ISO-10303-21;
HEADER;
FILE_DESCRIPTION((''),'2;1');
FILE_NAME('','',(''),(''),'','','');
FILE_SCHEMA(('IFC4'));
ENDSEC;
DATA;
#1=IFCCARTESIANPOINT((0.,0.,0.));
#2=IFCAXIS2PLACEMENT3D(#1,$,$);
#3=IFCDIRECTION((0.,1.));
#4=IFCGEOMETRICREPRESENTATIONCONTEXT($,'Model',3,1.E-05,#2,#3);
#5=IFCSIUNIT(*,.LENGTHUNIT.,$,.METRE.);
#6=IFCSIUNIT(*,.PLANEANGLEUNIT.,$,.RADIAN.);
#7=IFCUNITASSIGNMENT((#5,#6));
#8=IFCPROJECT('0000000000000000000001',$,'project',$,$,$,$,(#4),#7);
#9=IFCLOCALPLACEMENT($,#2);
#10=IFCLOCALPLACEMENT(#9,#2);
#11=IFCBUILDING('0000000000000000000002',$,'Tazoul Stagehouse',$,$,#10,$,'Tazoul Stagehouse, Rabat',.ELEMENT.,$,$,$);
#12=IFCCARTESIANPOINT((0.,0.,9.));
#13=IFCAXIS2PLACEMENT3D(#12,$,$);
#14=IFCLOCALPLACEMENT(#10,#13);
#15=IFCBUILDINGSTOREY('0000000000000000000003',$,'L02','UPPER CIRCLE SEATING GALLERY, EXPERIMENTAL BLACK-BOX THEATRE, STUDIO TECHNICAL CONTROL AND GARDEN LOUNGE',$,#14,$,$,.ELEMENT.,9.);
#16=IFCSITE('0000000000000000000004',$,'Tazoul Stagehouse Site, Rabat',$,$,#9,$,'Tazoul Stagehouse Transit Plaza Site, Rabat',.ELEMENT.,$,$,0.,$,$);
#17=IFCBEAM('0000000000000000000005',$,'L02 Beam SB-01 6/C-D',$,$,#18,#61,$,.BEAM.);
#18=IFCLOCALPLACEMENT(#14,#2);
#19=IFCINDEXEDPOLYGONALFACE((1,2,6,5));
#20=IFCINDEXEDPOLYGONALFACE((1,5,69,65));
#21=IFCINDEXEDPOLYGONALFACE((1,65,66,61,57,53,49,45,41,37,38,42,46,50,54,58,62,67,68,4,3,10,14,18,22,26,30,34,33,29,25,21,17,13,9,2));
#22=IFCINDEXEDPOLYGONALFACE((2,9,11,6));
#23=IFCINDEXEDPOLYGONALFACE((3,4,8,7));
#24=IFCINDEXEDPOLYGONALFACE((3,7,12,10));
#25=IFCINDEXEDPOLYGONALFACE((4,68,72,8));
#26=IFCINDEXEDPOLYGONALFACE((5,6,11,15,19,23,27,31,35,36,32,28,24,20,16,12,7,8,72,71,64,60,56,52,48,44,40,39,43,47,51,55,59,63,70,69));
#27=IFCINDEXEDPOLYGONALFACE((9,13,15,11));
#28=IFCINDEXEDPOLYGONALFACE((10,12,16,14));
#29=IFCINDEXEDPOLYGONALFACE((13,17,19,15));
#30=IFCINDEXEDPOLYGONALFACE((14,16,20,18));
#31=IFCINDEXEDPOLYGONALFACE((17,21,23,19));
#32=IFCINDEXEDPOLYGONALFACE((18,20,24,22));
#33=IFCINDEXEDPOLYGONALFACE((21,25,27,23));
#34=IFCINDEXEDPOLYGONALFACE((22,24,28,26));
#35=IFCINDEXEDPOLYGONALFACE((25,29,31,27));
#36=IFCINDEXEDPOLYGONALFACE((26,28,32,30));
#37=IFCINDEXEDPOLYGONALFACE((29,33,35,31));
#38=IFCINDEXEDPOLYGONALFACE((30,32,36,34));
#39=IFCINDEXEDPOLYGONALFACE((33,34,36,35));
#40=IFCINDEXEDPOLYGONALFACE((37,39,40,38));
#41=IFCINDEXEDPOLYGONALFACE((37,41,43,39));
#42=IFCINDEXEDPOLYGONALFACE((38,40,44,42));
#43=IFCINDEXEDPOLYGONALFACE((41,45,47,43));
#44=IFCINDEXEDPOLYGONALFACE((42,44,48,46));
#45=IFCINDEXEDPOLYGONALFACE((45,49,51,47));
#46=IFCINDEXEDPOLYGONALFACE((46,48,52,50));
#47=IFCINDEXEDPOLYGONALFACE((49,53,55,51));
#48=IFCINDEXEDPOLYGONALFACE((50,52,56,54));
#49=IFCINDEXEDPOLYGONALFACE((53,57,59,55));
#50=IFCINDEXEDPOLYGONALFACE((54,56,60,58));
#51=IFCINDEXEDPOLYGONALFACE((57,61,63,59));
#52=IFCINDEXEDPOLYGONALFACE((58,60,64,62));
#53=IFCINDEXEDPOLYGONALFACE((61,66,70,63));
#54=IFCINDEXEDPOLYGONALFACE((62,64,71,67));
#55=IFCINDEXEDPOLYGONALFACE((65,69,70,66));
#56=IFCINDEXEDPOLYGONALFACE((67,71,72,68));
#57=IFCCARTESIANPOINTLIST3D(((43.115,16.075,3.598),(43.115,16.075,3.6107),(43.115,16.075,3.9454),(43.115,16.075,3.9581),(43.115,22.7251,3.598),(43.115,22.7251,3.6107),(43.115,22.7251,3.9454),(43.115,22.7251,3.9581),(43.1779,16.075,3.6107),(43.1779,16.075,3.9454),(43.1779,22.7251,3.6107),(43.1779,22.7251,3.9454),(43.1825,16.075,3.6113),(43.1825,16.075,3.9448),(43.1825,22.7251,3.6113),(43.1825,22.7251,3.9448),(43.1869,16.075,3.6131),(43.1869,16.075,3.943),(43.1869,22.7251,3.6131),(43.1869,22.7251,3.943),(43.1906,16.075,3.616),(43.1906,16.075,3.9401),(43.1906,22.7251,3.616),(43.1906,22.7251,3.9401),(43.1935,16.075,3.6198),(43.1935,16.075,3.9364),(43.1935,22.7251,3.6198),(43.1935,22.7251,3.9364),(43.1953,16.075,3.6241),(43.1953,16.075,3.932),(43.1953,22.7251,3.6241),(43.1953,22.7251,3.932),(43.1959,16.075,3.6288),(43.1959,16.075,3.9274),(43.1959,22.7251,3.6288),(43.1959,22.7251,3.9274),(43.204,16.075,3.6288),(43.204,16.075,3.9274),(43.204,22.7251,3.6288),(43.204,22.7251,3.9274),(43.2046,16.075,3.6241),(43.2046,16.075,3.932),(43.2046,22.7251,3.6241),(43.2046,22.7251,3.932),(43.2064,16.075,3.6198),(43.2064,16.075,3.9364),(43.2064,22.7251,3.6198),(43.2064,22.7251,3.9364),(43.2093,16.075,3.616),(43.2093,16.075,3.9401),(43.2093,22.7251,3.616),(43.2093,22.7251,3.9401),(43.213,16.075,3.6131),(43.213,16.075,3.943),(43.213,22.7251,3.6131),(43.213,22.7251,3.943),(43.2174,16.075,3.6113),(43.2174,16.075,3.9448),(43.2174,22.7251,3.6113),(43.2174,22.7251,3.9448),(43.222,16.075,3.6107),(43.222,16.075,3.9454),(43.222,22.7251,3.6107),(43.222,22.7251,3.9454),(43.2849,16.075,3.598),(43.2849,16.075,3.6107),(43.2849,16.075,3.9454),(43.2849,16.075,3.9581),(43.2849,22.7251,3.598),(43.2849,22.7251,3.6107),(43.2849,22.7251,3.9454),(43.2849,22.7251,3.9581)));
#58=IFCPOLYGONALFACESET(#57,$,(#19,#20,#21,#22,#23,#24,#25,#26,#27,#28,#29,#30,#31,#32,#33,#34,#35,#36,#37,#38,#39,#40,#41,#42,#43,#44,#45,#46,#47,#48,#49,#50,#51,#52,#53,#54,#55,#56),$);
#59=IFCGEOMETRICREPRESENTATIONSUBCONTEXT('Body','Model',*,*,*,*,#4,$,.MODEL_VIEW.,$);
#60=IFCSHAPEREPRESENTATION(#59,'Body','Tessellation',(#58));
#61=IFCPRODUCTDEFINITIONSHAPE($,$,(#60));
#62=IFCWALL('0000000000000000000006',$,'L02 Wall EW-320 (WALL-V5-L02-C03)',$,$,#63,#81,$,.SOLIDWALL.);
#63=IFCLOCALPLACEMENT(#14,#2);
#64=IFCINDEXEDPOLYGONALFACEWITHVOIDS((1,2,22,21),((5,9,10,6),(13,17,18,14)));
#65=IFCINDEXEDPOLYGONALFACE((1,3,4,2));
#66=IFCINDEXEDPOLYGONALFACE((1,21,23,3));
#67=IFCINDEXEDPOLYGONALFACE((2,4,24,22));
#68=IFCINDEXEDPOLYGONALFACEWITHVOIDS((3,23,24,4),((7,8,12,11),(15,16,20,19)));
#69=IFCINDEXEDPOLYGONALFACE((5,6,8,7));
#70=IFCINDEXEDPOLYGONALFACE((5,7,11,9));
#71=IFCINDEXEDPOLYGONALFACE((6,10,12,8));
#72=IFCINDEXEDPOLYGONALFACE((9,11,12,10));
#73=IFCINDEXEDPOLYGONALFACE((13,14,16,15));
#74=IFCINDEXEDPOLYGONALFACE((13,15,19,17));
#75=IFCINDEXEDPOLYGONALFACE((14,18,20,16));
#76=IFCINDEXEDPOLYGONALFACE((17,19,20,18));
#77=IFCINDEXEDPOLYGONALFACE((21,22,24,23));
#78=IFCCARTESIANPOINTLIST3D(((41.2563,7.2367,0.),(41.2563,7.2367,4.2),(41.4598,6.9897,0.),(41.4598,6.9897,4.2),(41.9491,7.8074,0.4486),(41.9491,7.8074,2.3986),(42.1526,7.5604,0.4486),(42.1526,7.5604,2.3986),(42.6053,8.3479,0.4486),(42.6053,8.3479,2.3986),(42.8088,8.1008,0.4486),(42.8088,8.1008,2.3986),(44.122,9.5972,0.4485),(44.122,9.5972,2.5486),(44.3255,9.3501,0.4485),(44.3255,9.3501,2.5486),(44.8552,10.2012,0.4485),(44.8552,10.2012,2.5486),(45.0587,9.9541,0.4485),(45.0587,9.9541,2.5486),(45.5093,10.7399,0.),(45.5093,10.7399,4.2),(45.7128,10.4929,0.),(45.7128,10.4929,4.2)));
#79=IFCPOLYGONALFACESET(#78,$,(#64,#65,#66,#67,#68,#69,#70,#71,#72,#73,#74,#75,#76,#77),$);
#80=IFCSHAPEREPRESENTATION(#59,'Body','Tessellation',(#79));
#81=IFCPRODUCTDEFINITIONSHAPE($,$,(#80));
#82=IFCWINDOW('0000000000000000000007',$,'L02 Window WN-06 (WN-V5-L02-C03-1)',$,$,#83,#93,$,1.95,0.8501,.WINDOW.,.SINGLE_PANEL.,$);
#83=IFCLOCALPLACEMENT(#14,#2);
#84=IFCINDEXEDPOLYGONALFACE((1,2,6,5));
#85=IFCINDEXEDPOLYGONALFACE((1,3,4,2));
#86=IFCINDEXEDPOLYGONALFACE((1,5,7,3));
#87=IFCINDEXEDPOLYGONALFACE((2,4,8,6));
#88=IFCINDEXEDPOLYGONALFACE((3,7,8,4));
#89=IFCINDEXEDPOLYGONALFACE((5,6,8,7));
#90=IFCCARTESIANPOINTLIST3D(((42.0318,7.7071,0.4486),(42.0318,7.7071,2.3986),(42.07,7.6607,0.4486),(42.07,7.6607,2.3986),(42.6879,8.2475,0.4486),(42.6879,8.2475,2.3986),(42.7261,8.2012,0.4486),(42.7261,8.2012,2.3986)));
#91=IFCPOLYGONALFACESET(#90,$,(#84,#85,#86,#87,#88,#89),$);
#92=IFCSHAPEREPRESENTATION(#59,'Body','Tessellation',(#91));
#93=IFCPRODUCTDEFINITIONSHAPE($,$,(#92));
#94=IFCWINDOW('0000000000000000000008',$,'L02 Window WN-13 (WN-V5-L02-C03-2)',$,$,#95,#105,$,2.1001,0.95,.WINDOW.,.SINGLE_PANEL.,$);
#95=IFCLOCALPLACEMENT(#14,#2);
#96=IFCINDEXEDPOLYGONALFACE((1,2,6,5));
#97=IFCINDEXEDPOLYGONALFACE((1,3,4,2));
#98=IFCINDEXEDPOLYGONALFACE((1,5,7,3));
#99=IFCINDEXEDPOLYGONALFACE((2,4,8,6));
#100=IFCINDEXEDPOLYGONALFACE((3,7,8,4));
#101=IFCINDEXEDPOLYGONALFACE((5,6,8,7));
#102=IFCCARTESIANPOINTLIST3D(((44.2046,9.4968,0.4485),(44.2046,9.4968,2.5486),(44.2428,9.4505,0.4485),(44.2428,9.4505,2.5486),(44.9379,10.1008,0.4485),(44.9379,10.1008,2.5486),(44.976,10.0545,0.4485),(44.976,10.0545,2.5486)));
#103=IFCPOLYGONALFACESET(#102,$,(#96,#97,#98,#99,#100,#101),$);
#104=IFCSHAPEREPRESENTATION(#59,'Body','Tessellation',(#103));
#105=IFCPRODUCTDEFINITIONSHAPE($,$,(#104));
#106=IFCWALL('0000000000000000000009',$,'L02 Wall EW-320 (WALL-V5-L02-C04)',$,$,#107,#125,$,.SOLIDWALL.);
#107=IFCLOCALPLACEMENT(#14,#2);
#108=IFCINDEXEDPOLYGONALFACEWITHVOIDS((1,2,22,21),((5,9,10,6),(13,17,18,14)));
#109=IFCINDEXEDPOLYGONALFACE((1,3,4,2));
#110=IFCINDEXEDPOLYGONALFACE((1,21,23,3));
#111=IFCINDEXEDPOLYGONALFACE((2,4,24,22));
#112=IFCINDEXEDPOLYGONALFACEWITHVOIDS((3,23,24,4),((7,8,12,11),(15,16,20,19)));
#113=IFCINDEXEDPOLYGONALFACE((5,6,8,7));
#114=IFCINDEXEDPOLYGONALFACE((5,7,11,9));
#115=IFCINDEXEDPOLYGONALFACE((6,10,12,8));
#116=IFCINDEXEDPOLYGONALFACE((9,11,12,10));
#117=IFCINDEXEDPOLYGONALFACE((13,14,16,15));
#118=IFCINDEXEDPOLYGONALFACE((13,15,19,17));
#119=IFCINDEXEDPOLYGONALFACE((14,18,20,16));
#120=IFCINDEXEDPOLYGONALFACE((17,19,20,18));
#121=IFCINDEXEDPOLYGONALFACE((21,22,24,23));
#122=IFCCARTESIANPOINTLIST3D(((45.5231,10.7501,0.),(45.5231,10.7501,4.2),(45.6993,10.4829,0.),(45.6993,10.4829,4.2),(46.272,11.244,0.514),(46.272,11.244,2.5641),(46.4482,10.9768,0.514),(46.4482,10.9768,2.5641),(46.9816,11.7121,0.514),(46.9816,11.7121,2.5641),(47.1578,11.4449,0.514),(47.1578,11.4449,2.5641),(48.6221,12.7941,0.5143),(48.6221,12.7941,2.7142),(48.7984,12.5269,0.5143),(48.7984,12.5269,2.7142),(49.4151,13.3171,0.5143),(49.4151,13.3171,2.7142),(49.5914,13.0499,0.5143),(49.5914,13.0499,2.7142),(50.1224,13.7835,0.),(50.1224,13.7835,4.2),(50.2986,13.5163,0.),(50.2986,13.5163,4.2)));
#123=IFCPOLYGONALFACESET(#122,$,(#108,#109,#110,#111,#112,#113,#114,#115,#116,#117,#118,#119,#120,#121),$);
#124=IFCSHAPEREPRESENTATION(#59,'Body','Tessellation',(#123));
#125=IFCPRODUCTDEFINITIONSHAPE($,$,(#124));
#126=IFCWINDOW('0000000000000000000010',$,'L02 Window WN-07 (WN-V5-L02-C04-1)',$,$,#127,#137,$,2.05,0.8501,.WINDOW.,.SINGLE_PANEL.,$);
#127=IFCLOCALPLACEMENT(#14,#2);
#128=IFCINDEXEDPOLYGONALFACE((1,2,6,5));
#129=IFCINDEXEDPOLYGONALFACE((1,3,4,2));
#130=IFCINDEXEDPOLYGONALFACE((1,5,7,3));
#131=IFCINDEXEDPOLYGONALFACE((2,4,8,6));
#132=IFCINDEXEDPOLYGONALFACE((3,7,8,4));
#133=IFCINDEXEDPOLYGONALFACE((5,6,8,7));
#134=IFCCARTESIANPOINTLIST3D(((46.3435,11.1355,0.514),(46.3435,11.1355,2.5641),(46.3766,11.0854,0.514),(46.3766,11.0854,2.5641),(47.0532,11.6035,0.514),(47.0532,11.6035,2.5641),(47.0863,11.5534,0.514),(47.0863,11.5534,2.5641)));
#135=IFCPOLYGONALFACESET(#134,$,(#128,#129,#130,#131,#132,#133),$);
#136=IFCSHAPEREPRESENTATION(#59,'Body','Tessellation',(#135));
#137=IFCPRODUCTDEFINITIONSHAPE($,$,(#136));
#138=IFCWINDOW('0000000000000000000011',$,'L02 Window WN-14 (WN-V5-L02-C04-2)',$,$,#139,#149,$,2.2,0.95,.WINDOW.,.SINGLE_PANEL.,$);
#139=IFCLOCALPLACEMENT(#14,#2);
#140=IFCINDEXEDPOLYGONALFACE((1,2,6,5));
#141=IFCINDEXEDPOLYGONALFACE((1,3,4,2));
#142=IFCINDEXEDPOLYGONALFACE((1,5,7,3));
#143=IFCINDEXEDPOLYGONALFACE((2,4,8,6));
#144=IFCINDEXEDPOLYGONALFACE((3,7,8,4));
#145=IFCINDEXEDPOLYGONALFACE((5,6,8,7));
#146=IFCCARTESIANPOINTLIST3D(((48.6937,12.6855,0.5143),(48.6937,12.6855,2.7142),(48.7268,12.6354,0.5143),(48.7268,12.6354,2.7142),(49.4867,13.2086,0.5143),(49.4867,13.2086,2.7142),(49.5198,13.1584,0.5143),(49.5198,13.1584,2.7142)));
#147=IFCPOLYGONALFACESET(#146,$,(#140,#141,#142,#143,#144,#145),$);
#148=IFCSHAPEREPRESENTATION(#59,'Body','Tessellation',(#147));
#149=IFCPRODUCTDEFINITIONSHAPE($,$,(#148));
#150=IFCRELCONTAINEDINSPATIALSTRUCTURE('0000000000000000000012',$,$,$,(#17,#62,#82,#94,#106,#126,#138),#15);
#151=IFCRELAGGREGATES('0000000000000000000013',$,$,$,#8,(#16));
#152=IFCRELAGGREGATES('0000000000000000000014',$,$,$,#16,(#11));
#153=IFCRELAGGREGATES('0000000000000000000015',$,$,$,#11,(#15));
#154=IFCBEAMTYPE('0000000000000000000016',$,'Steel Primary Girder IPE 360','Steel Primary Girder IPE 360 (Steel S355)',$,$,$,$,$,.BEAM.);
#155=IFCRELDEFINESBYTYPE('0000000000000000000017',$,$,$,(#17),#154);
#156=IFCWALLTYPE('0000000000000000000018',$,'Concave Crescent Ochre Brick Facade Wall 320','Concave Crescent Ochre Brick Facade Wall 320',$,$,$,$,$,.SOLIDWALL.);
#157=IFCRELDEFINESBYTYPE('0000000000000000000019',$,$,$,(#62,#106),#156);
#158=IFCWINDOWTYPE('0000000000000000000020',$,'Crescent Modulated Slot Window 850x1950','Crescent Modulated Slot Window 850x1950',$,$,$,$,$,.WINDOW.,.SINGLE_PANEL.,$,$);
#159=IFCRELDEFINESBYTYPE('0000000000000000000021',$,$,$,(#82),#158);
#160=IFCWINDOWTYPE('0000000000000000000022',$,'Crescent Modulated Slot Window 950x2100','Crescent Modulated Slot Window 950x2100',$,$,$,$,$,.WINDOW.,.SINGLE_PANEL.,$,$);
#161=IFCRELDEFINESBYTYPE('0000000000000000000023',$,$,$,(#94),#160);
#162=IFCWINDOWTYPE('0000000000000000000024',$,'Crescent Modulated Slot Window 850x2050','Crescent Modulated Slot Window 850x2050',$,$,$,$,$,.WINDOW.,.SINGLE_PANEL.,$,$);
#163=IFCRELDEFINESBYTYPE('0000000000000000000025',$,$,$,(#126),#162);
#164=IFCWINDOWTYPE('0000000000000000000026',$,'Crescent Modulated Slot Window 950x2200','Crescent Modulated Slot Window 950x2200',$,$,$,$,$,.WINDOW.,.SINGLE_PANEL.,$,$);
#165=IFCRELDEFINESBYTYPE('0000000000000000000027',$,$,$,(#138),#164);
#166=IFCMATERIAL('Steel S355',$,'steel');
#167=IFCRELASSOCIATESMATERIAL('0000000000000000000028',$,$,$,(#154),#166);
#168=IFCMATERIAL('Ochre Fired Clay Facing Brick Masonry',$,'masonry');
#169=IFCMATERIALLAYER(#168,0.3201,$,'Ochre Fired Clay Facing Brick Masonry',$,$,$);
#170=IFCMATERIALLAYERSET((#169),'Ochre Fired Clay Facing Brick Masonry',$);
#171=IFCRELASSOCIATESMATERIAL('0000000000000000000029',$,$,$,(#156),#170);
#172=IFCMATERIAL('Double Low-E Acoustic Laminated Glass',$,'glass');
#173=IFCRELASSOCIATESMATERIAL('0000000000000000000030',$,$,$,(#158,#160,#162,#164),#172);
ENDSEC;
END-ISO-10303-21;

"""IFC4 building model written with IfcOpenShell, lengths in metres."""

from ifc_helpers import new_model, si_unit, direction, frame, frame_2d, origin, origin_2d, place, context, subcontext, project, spatial, rectangle, i_section, extrude, material, layer, layer_set, material_profile, profile_set, type_object, element, fill, save


model = new_model("IFC4")

# Units and contexts
model_context = context("Model", 3, precision=1e-05, world=origin(), true_north=direction((0.0, 1.0)))
body_context = subcontext(model_context, "Body", "Model", "MODEL_VIEW")
ifc_project = project(units=[si_unit("LENGTHUNIT", "METRE"), si_unit("PLANEANGLEUNIT", "RADIAN")], contexts=[model_context])

# Site, building, storey
site_placement = place(None, origin())
site = spatial("IfcSite", under=ifc_project, at=site_placement, Name="Tazoul Stagehouse Site, Rabat", LongName="Tazoul Stagehouse Transit Plaza Site, Rabat", CompositionType="ELEMENT", RefElevation=0.0)
building_placement = place(site_placement, origin())
building = spatial("IfcBuilding", under=site, at=building_placement, Name="Tazoul Stagehouse", LongName="Tazoul Stagehouse, Rabat", CompositionType="ELEMENT")
storey_placement = place(building_placement, frame((0.0, 0.0, 9.0)))
storey = spatial("IfcBuildingStorey", under=building, at=storey_placement, Name="L02", Description="UPPER CIRCLE SEATING GALLERY, EXPERIMENTAL BLACK-BOX THEATRE, STUDIO TECHNICAL CONTROL AND GARDEN LOUNGE", CompositionType="ELEMENT", Elevation=9.0)

# Beam
ifc_material_1 = material(Name="Steel S355", Category="steel")
ifc_material_profile_1 = material_profile(ifc_material_1, i_section(OverallWidth=0.1699, OverallDepth=0.3601, WebThickness=0.0081, FlangeThickness=0.0127, FilletRadius=0.0181, at=origin_2d()), Name="IPE 360")
ifc_profile_set_1 = profile_set([ifc_material_profile_1], Name="Steel S355")
beam_type_1 = type_object("IfcBeamType", Name="Steel Primary Girder IPE 360", Description="Steel Primary Girder IPE 360 (Steel S355)", PredefinedType="BEAM", material=ifc_profile_set_1)
beam_placement = place(storey_placement, frame((43.2, 16.075, 3.7781), z_axis=(0.0, 1.0, 0.0), x_axis=(-1.0, 0.0, 0.0)))
element("IfcBeam", 1, at=beam_placement, inside=storey, type_object=beam_type_1, Name="L02 Beam SB-01 6/C-D", PredefinedType="BEAM", context=body_context, shape_type="SweptSolid", body=[
    extrude(i_section(OverallWidth=0.1699, OverallDepth=0.3601, WebThickness=0.0081, FlangeThickness=0.0127, FilletRadius=0.0181, at=origin_2d()), origin(), (0.0, 0.0, 1.0), 6.6501),
])

# Walls, openings, windows
ifc_material_2 = material(Name="Ochre Fired Clay Facing Brick Masonry", Category="masonry")
ifc_layer_1 = layer(ifc_material_2, 0.3201, Name="Ochre Fired Clay Facing Brick Masonry")
ifc_layer_set_1 = layer_set([ifc_layer_1], Name="Ochre Fired Clay Facing Brick Masonry")
wall_type = type_object("IfcWallType", Name="Concave Crescent Ochre Brick Facade Wall 320", Description="Concave Crescent Ochre Brick Facade Wall 320", PredefinedType="SOLIDWALL", material=ifc_layer_set_1)
wall_1_placement = place(storey_placement, frame((41.3582, 7.1133, 0.0), z_axis=(0.0, 0.0, 1.0), x_axis=(0.771862, 0.63579, 0.0)))
wall_1 = element("IfcWall", 2, at=wall_1_placement, inside=storey, type_object=wall_type, Name="L02 Wall EW-320 (WALL-V5-L02-C03)", PredefinedType="SOLIDWALL", context=body_context, shape_type="SweptSolid", body=[
    extrude(rectangle(XDim=5.51, YDim=0.3201, at=frame_2d((2.7549, 0.0))), origin(), (0.0, 0.0, 1.0), 4.2),
])
opening_1_placement = place(wall_1_placement, frame((0.8975, 0.0, 0.4485)))
opening_1 = element("IfcOpeningElement", 3, at=opening_1_placement, cuts=wall_1, PredefinedType="OPENING", context=body_context, shape_type="SweptSolid", body=[
    extrude(rectangle(XDim=0.8501, YDim=1.95, at=frame_2d((0.425, 0.9751))), frame((0.0, 0.1799, 0.0), z_axis=(0.0, -1.0, 0.0), x_axis=(1.0, 0.0, 0.0)), (0.0, 0.0, 1.0), 0.3601),
])
opening_2_placement = place(wall_1_placement, frame((3.7124, 0.0, 0.4485)))
opening_2 = element("IfcOpeningElement", 4, at=opening_2_placement, cuts=wall_1, PredefinedType="OPENING", context=body_context, shape_type="SweptSolid", body=[
    extrude(rectangle(XDim=0.95, YDim=2.1001, at=frame_2d((0.4751, 1.05))), frame((0.0, 0.1799, 0.0), z_axis=(0.0, -1.0, 0.0), x_axis=(1.0, 0.0, 0.0)), (0.0, 0.0, 1.0), 0.3601),
])
ifc_material_3 = material(Name="Double Low-E Acoustic Laminated Glass", Category="glass")
window_type_1 = type_object("IfcWindowType", Name="Crescent Modulated Slot Window 850x1950", Description="Crescent Modulated Slot Window 850x1950", PartitioningType="SINGLE_PANEL", PredefinedType="WINDOW", material=ifc_material_3)
window_1_placement = place(opening_1_placement, origin())
window_1 = element("IfcWindow", 5, at=window_1_placement, inside=storey, type_object=window_type_1, Name="L02 Window WN-06 (WN-V5-L02-C03-1)", OverallHeight=1.95, OverallWidth=0.8501, PartitioningType="SINGLE_PANEL", PredefinedType="WINDOW", context=body_context, shape_type="SweptSolid", body=[
    extrude(rectangle(XDim=0.8501, YDim=1.95, at=frame_2d((0.425, 0.9751))), frame((0.0, 0.03, 0.0), z_axis=(0.0, -1.0, 0.0), x_axis=(1.0, 0.0, 0.0)), (0.0, 0.0, 1.0), 0.0601),
])
fill(opening_1, window_1)
window_type_2 = type_object("IfcWindowType", Name="Crescent Modulated Slot Window 950x2100", Description="Crescent Modulated Slot Window 950x2100", PartitioningType="SINGLE_PANEL", PredefinedType="WINDOW", material=ifc_material_3)
window_2_placement = place(opening_2_placement, origin())
window_2 = element("IfcWindow", 6, at=window_2_placement, inside=storey, type_object=window_type_2, Name="L02 Window WN-13 (WN-V5-L02-C03-2)", OverallHeight=2.1001, OverallWidth=0.95, PartitioningType="SINGLE_PANEL", PredefinedType="WINDOW", context=body_context, shape_type="SweptSolid", body=[
    extrude(rectangle(XDim=0.95, YDim=2.1001, at=frame_2d((0.4751, 1.05))), frame((0.0, 0.03, 0.0), z_axis=(0.0, -1.0, 0.0), x_axis=(1.0, 0.0, 0.0)), (0.0, 0.0, 1.0), 0.0601),
])
fill(opening_2, window_2)
wall_2_placement = place(storey_placement, frame((45.6111, 10.6165, 0.0), z_axis=(0.0, 0.0, 1.0), x_axis=(0.834787, 0.550572, 0.0)))
wall_2 = element("IfcWall", 7, at=wall_2_placement, inside=storey, type_object=wall_type, Name="L02 Wall EW-320 (WALL-V5-L02-C04)", PredefinedType="SOLIDWALL", context=body_context, shape_type="SweptSolid", body=[
    extrude(rectangle(XDim=5.5095, YDim=0.3201, at=frame_2d((2.7549, 0.0))), origin(), (0.0, 0.0, 1.0), 4.2),
])
opening_3_placement = place(wall_2_placement, frame((0.8972, 0.0, 0.5142)))
opening_3 = element("IfcOpeningElement", 8, at=opening_3_placement, cuts=wall_2, PredefinedType="OPENING", context=body_context, shape_type="SweptSolid", body=[
    extrude(rectangle(XDim=0.8501, YDim=2.05, at=frame_2d((0.425, 1.0249))), frame((0.0, 0.1799, 0.0), z_axis=(0.0, -1.0, 0.0), x_axis=(1.0, 0.0, 0.0)), (0.0, 0.0, 1.0), 0.3601),
])
opening_4_placement = place(wall_2_placement, frame((3.7124, 0.0, 0.5142)))
opening_4 = element("IfcOpeningElement", 9, at=opening_4_placement, cuts=wall_2, PredefinedType="OPENING", context=body_context, shape_type="SweptSolid", body=[
    extrude(rectangle(XDim=0.95, YDim=2.2, at=frame_2d((0.4751, 1.1001))), frame((0.0, 0.1799, 0.0), z_axis=(0.0, -1.0, 0.0), x_axis=(1.0, 0.0, 0.0)), (0.0, 0.0, 1.0), 0.3601),
])
window_type_3 = type_object("IfcWindowType", Name="Crescent Modulated Slot Window 850x2050", Description="Crescent Modulated Slot Window 850x2050", PartitioningType="SINGLE_PANEL", PredefinedType="WINDOW", material=ifc_material_3)
window_3_placement = place(opening_3_placement, origin())
window_3 = element("IfcWindow", 10, at=window_3_placement, inside=storey, type_object=window_type_3, Name="L02 Window WN-07 (WN-V5-L02-C04-1)", OverallHeight=2.05, OverallWidth=0.8501, PartitioningType="SINGLE_PANEL", PredefinedType="WINDOW", context=body_context, shape_type="SweptSolid", body=[
    extrude(rectangle(XDim=0.8501, YDim=2.05, at=frame_2d((0.425, 1.0249))), frame((0.0, 0.03, 0.0), z_axis=(0.0, -1.0, 0.0), x_axis=(1.0, 0.0, 0.0)), (0.0, 0.0, 1.0), 0.0601),
])
fill(opening_3, window_3)
window_type_4 = type_object("IfcWindowType", Name="Crescent Modulated Slot Window 950x2200", Description="Crescent Modulated Slot Window 950x2200", PartitioningType="SINGLE_PANEL", PredefinedType="WINDOW", material=ifc_material_3)
window_4_placement = place(opening_4_placement, origin())
window_4 = element("IfcWindow", 11, at=window_4_placement, inside=storey, type_object=window_type_4, Name="L02 Window WN-14 (WN-V5-L02-C04-2)", OverallHeight=2.2, OverallWidth=0.95, PartitioningType="SINGLE_PANEL", PredefinedType="WINDOW", context=body_context, shape_type="SweptSolid", body=[
    extrude(rectangle(XDim=0.95, YDim=2.2, at=frame_2d((0.4751, 1.1001))), frame((0.0, 0.03, 0.0), z_axis=(0.0, -1.0, 0.0), x_axis=(1.0, 0.0, 0.0)), (0.0, 0.0, 1.0), 0.0601),
])
fill(opening_4, window_4)

save(model, "model.ifc")
